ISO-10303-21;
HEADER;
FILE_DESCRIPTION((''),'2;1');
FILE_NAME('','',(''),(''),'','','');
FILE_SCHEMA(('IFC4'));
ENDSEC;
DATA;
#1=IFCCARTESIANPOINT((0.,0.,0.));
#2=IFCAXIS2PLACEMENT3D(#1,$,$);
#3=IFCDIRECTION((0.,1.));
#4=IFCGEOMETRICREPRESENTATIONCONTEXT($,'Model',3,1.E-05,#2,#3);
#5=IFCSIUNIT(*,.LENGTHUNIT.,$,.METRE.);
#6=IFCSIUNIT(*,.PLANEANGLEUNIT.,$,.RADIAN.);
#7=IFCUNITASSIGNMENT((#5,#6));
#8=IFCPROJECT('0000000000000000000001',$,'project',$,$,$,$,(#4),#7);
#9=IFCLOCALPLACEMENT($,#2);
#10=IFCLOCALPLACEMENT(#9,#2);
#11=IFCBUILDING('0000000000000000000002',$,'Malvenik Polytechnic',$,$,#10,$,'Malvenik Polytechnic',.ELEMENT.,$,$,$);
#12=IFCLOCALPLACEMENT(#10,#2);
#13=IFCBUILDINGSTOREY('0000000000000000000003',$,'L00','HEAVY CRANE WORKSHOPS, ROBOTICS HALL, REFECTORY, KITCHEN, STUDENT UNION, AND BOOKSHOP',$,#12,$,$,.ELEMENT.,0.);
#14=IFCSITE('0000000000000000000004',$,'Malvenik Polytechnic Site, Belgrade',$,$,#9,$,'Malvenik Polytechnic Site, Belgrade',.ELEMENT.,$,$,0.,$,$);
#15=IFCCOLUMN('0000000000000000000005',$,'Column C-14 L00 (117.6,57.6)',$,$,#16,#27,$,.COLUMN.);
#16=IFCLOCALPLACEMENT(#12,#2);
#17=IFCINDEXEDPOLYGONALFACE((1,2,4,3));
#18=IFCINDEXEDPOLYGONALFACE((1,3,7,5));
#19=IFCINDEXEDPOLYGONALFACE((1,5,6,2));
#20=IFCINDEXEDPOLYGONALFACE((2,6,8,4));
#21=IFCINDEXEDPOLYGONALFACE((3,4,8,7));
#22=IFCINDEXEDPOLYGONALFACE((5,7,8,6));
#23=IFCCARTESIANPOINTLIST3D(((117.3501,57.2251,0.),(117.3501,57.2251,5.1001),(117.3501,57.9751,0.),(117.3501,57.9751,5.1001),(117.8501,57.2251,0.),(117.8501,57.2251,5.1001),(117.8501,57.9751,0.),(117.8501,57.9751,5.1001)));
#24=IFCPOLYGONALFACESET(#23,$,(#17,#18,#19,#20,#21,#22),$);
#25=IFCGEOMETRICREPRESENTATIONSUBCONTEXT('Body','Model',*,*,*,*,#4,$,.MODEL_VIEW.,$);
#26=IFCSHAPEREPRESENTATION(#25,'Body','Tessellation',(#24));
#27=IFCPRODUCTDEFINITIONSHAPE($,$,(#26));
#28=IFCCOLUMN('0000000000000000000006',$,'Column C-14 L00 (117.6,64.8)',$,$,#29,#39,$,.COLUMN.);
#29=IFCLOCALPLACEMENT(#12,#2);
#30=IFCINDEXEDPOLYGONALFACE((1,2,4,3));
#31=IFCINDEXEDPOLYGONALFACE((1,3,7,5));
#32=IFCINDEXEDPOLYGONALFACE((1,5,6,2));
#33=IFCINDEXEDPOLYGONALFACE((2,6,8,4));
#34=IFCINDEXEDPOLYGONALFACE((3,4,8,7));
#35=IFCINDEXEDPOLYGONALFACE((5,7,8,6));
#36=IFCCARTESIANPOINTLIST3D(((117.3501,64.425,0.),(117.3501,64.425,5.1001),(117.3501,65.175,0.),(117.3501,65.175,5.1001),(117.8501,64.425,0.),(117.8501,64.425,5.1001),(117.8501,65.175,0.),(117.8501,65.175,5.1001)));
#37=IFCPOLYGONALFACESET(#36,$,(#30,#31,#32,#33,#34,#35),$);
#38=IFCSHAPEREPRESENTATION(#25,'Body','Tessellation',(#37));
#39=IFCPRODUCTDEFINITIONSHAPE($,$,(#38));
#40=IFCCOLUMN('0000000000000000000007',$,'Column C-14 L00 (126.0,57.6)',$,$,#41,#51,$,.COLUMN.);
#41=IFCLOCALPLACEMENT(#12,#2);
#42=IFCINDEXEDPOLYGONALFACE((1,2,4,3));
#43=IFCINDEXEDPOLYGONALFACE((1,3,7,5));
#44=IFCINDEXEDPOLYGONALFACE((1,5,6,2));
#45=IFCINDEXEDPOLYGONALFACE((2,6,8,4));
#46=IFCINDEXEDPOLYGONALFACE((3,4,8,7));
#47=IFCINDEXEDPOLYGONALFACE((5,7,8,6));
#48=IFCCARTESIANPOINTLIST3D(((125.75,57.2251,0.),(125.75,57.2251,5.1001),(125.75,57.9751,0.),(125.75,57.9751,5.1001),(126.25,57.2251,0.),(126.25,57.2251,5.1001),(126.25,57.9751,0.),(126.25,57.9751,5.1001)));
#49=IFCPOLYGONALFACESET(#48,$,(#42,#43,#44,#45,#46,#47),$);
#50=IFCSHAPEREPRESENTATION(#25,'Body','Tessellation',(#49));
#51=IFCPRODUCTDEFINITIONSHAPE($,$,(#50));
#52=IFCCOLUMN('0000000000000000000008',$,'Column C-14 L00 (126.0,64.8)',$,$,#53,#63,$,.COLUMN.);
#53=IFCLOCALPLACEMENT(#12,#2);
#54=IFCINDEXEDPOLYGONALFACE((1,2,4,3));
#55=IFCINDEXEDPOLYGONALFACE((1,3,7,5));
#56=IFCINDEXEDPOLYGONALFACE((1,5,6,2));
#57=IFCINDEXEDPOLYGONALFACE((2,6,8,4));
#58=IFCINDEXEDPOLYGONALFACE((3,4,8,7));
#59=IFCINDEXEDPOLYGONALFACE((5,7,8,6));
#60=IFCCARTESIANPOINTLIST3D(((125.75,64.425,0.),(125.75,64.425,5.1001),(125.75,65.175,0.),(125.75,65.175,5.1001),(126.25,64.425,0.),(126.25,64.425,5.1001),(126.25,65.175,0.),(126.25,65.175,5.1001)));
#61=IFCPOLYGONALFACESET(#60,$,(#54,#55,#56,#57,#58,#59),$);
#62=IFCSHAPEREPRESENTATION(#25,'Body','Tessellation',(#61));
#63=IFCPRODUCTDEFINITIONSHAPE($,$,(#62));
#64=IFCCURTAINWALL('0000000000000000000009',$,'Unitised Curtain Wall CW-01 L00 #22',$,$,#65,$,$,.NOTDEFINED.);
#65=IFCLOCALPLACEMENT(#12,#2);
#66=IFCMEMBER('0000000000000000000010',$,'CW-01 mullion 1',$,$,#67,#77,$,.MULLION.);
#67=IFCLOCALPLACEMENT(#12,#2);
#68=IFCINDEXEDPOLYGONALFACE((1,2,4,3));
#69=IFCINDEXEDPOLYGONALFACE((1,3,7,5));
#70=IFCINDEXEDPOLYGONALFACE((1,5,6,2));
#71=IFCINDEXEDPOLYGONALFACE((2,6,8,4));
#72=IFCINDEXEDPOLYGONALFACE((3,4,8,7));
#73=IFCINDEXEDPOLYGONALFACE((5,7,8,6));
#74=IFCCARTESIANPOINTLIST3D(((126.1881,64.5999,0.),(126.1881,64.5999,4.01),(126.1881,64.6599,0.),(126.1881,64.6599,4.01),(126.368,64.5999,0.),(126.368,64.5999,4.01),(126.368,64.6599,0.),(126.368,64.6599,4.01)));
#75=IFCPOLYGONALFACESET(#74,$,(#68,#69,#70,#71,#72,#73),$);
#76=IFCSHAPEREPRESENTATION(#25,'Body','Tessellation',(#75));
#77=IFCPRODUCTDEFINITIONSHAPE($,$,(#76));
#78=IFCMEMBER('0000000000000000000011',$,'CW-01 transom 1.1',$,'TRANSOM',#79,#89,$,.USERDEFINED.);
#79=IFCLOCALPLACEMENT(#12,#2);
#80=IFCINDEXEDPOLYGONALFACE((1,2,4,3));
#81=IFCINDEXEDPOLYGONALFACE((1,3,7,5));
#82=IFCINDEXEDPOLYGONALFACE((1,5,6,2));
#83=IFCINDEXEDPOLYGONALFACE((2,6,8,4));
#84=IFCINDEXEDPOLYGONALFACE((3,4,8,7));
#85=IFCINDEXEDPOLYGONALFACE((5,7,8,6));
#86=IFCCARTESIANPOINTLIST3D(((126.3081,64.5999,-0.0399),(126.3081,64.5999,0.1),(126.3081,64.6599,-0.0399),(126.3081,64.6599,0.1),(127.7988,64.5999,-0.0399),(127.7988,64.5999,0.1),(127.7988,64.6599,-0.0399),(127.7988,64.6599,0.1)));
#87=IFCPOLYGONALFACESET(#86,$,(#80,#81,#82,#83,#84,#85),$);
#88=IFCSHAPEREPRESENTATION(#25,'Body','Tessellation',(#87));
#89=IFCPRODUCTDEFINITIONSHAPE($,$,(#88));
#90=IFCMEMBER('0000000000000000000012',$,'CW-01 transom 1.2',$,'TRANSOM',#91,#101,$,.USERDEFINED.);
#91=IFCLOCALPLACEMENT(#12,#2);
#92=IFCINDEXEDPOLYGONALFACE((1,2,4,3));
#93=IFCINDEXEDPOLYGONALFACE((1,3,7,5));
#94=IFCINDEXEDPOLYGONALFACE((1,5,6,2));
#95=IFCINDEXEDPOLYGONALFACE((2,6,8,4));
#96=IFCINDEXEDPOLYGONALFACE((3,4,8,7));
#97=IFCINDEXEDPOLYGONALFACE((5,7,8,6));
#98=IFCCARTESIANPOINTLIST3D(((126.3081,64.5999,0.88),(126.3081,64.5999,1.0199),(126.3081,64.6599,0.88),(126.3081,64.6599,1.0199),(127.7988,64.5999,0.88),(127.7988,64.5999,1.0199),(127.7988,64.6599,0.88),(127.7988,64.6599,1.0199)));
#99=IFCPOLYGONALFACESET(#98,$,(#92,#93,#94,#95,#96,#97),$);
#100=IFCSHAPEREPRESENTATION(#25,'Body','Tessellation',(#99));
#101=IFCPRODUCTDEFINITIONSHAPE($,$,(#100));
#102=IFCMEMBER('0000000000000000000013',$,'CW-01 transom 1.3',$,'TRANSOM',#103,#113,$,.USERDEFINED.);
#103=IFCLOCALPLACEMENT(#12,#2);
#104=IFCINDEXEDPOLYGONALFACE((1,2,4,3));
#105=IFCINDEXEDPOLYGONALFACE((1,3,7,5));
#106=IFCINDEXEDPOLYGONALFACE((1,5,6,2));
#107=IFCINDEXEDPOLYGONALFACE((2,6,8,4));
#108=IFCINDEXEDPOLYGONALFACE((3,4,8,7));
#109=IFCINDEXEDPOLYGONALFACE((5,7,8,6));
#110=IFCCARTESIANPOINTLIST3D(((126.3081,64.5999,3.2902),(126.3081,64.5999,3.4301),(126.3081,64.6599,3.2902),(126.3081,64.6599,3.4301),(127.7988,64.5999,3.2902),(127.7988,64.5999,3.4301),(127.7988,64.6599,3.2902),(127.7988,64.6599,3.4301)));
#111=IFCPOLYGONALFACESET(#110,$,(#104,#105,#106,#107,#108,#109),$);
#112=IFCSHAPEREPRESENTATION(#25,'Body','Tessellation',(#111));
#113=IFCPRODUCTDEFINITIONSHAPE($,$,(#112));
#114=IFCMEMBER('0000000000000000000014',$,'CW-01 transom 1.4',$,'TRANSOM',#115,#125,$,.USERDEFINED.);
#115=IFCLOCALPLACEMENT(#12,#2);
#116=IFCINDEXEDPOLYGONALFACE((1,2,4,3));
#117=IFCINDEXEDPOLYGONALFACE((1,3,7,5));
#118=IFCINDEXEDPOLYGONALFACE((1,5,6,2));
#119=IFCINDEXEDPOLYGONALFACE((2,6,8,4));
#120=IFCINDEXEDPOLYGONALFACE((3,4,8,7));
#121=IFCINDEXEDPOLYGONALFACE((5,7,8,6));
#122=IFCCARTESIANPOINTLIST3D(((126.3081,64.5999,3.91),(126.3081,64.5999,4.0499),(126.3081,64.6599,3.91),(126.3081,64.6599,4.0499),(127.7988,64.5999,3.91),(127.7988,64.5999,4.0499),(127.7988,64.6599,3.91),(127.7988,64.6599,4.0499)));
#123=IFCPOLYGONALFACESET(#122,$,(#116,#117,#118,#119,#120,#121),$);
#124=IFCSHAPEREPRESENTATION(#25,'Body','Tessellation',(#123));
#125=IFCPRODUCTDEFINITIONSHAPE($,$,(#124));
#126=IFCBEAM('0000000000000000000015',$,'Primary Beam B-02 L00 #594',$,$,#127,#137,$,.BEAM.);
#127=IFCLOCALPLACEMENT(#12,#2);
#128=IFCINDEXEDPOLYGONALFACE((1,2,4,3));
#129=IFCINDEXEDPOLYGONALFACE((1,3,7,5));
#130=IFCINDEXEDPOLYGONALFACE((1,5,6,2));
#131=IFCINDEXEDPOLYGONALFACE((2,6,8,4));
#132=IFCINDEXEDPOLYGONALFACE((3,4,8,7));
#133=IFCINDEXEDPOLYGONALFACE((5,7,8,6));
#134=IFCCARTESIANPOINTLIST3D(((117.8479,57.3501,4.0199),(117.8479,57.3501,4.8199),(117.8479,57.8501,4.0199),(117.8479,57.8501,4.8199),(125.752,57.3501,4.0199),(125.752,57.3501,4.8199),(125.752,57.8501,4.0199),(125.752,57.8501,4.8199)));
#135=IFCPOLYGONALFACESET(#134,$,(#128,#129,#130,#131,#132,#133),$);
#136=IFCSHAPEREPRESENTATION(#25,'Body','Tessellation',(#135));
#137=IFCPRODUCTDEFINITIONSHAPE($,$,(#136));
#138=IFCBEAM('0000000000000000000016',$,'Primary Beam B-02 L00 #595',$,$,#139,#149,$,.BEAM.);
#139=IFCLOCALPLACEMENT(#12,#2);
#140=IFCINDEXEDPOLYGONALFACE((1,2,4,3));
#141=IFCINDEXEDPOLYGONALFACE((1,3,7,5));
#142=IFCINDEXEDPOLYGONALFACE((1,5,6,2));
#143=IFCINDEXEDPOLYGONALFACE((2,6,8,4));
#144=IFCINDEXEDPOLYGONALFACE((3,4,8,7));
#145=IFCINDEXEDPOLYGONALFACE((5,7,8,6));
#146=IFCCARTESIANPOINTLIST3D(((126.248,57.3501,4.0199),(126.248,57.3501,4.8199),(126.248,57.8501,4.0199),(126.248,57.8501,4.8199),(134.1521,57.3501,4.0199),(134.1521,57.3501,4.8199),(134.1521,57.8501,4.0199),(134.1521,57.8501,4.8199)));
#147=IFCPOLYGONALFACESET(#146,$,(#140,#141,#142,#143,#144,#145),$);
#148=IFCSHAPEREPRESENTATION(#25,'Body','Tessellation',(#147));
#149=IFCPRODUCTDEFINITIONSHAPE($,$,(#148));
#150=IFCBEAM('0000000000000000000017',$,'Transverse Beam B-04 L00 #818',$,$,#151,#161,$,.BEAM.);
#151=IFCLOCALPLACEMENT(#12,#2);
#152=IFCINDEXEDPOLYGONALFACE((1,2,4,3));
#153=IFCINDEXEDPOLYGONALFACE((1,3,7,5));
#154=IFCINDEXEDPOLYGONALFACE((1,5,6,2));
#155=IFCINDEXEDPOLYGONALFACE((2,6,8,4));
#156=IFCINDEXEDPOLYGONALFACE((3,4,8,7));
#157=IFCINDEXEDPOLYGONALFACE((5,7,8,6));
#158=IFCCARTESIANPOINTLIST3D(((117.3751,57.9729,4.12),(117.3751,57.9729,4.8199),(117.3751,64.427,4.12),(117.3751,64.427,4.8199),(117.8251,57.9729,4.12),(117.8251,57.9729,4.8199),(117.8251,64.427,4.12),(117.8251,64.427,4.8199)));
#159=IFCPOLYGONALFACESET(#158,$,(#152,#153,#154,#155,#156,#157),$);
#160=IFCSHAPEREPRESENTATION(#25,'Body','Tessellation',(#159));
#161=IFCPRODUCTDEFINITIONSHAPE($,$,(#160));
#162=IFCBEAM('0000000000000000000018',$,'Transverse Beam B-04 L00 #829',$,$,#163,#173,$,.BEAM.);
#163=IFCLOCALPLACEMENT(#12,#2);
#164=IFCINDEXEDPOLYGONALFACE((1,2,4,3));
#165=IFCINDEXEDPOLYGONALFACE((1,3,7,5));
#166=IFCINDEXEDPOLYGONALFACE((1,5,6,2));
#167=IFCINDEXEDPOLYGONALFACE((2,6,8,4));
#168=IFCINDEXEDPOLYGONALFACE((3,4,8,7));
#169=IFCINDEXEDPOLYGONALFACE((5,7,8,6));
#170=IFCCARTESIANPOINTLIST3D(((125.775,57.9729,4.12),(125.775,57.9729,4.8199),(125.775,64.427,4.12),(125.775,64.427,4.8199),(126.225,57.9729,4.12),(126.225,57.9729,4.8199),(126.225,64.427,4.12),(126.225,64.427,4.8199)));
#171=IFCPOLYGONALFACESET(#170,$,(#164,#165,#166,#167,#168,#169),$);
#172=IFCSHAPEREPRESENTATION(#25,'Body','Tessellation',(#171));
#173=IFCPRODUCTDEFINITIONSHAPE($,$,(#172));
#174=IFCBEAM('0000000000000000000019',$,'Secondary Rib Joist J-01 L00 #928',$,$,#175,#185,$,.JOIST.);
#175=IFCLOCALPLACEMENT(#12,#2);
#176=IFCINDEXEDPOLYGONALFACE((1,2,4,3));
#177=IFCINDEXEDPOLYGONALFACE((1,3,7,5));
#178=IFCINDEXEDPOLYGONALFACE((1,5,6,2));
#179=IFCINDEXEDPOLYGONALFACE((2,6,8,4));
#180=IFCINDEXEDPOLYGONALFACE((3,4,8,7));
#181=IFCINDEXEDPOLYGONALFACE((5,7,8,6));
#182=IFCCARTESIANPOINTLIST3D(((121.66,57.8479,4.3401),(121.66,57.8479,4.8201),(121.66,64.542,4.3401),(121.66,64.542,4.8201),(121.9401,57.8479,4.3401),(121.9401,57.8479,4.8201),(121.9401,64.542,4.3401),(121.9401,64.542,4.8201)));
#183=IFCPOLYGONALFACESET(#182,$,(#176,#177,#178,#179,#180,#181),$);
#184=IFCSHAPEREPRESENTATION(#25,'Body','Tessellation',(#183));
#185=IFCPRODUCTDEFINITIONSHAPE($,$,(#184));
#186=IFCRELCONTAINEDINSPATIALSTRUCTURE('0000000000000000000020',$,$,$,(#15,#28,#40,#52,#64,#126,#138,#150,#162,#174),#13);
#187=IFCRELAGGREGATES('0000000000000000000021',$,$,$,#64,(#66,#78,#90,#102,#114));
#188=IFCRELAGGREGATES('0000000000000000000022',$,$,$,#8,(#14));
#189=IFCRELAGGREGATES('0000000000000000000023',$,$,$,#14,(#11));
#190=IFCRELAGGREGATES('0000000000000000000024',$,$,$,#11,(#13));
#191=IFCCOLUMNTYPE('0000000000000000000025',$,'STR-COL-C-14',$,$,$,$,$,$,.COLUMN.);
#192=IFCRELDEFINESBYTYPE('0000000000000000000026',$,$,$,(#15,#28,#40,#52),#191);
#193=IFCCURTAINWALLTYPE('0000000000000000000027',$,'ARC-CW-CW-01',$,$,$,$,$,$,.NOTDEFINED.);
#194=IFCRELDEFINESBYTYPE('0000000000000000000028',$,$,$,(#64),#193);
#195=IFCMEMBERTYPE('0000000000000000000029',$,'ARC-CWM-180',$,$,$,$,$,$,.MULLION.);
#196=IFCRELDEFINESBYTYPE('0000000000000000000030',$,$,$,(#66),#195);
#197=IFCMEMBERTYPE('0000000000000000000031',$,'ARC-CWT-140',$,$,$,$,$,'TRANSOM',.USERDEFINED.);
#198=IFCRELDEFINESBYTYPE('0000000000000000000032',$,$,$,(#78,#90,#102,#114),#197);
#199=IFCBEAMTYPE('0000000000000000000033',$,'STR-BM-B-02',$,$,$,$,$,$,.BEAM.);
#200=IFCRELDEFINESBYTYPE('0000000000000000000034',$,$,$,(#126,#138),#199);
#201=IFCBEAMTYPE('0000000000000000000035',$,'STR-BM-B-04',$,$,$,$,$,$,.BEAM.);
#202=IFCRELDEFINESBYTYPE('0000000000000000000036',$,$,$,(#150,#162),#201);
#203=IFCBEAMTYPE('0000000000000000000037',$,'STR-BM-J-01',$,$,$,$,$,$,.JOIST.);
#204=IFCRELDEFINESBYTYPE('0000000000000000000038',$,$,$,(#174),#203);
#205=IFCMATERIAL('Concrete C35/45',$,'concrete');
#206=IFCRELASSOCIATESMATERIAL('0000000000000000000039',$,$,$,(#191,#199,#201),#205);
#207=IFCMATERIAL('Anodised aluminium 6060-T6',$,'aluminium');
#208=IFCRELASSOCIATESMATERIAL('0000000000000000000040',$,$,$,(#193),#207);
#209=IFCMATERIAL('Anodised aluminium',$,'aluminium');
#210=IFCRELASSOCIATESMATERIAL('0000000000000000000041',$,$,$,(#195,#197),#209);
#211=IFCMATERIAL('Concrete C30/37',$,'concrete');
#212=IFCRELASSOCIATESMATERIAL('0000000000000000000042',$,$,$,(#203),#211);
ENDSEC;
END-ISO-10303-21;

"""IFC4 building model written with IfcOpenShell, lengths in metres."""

from ifc_helpers import new_model, si_unit, direction, frame, origin, origin_2d, place, context, subcontext, project, spatial, rectangle, extrude, material, material_profile, profile_set, type_object, element, aggregate, save


model = new_model("IFC4")

# Units and contexts
model_context = context("Model", 3, precision=1e-05, world=origin(), true_north=direction((0.0, 1.0)))
body_context = subcontext(model_context, "Body", "Model", "MODEL_VIEW")
ifc_project = project(units=[si_unit("LENGTHUNIT", "METRE"), si_unit("PLANEANGLEUNIT", "RADIAN")], contexts=[model_context])

# Site, building, storey
site_placement = place(None, origin())
site = spatial("IfcSite", under=ifc_project, at=site_placement, Name="Malvenik Polytechnic Site, Belgrade", LongName="Malvenik Polytechnic Site, Belgrade", CompositionType="ELEMENT", RefElevation=0.0)
building_placement = place(site_placement, origin())
building = spatial("IfcBuilding", under=site, at=building_placement, Name="Malvenik Polytechnic", LongName="Malvenik Polytechnic", CompositionType="ELEMENT")
storey_placement = place(building_placement, origin())
storey = spatial("IfcBuildingStorey", under=building, at=storey_placement, Name="L00", Description="HEAVY CRANE WORKSHOPS, ROBOTICS HALL, REFECTORY, KITCHEN, STUDENT UNION, AND BOOKSHOP", CompositionType="ELEMENT", Elevation=0.0)

# Columns
ifc_material_1 = material(Name="Concrete C35/45", Category="concrete")
ifc_material_profile_1 = material_profile(ifc_material_1, rectangle(XDim=0.5, YDim=0.75, at=origin_2d()), Name="RC COL 750x500")
ifc_profile_set_1 = profile_set([ifc_material_profile_1], Name="Concrete C35/45")
column_type = type_object("IfcColumnType", Name="STR-COL-C-14", PredefinedType="COLUMN", material=ifc_profile_set_1)
for number, where, z_axis, x_axis, name in (
    (1, (117.6001, 57.6001, 0.0), (0.0, 0.0, 1.0), (1.0, 0.0, 0.0), "Column C-14 L00 (117.6,57.6)"),
    (2, (117.6001, 64.8, 0.0), (0.0, 0.0, 1.0), (1.0, 0.0, 0.0), "Column C-14 L00 (117.6,64.8)"),
    (3, (126.0, 57.6001, 0.0), (0.0, 0.0, 1.0), (1.0, 0.0, 0.0), "Column C-14 L00 (126.0,57.6)"),
    (4, (126.0, 64.8, 0.0), (0.0, 0.0, 1.0), (1.0, 0.0, 0.0), "Column C-14 L00 (126.0,64.8)"),
):
    element("IfcColumn", number, at=place(storey_placement, frame(where, z_axis=z_axis, x_axis=x_axis)), inside=storey, type_object=column_type, Name=name, PredefinedType="COLUMN", context=body_context, shape_type="SweptSolid", body=[
        extrude(rectangle(XDim=0.5, YDim=0.75, at=origin_2d()), origin(), (0.0, 0.0, 1.0), 5.1001),
    ])

# Curtain wall, members
ifc_material_2 = material(Name="Anodised aluminium 6060-T6", Category="aluminium")
curtain_wall_type = type_object("IfcCurtainWallType", Name="ARC-CW-CW-01", PredefinedType="NOTDEFINED", material=ifc_material_2)
curtain_wall_placement = place(storey_placement, origin())
curtain_wall = element("IfcCurtainWall", 5, at=curtain_wall_placement, inside=storey, type_object=curtain_wall_type, Name="Unitised Curtain Wall CW-01 L00 #22", PredefinedType="NOTDEFINED")
ifc_material_3 = material(Name="Anodised aluminium", Category="aluminium")
ifc_material_profile_2 = material_profile(ifc_material_3, rectangle(XDim=0.0601, YDim=0.1799, at=origin_2d()), Name="ALU MULLION 60x180")
ifc_profile_set_2 = profile_set([ifc_material_profile_2], Name="Anodised aluminium")
member_type_1 = type_object("IfcMemberType", Name="ARC-CWM-180", PredefinedType="MULLION", material=ifc_profile_set_2)
member_1_placement = place(storey_placement, frame((126.2781, 64.6299, 0.0), z_axis=(0.0, 0.0, 1.0), x_axis=(0.0, 1.0, 0.0)))
member_1 = element("IfcMember", 6, at=member_1_placement, type_object=member_type_1, Name="CW-01 mullion 1", PredefinedType="MULLION", context=body_context, shape_type="SweptSolid", body=[
    extrude(rectangle(XDim=0.0601, YDim=0.1799, at=origin_2d()), origin(), (0.0, 0.0, 1.0), 4.01),
])
ifc_material_profile_3 = material_profile(ifc_material_3, rectangle(XDim=0.0601, YDim=0.1399, at=origin_2d()), Name="ALU TRANSOM 60x140")
ifc_profile_set_3 = profile_set([ifc_material_profile_3], Name="Anodised aluminium")
member_type_2 = type_object("IfcMemberType", Name="ARC-CWT-140", ElementType="TRANSOM", PredefinedType="USERDEFINED", material=ifc_profile_set_3)
member_2_placement = place(storey_placement, frame((126.3081, 64.6299, 0.03), z_axis=(1.0, 0.0, 0.0), x_axis=(0.0, 1.0, 0.0)))
member_2 = element("IfcMember", 7, at=member_2_placement, type_object=member_type_2, Name="CW-01 transom 1.1", ObjectType="TRANSOM", PredefinedType="USERDEFINED", context=body_context, shape_type="SweptSolid", body=[
    extrude(rectangle(XDim=0.0601, YDim=0.1399, at=origin_2d()), origin(), (0.0, 0.0, 1.0), 1.4907),
])
member_3_placement = place(storey_placement, frame((126.3081, 64.6299, 0.95), z_axis=(1.0, 0.0, 0.0), x_axis=(0.0, 1.0, 0.0)))
member_3 = element("IfcMember", 8, at=member_3_placement, type_object=member_type_2, Name="CW-01 transom 1.2", ObjectType="TRANSOM", PredefinedType="USERDEFINED", context=body_context, shape_type="SweptSolid", body=[
    extrude(rectangle(XDim=0.0601, YDim=0.1399, at=origin_2d()), origin(), (0.0, 0.0, 1.0), 1.4907),
])
member_4_placement = place(storey_placement, frame((126.3081, 64.6299, 3.3601), z_axis=(1.0, 0.0, 0.0), x_axis=(0.0, 1.0, 0.0)))
member_4 = element("IfcMember", 9, at=member_4_placement, type_object=member_type_2, Name="CW-01 transom 1.3", ObjectType="TRANSOM", PredefinedType="USERDEFINED", context=body_context, shape_type="SweptSolid", body=[
    extrude(rectangle(XDim=0.0601, YDim=0.1399, at=origin_2d()), origin(), (0.0, 0.0, 1.0), 1.4907),
])
member_5_placement = place(storey_placement, frame((126.3081, 64.6299, 3.98), z_axis=(1.0, 0.0, 0.0), x_axis=(0.0, 1.0, 0.0)))
member_5 = element("IfcMember", 10, at=member_5_placement, type_object=member_type_2, Name="CW-01 transom 1.4", ObjectType="TRANSOM", PredefinedType="USERDEFINED", context=body_context, shape_type="SweptSolid", body=[
    extrude(rectangle(XDim=0.0601, YDim=0.1399, at=origin_2d()), origin(), (0.0, 0.0, 1.0), 1.4907),
])

# Beams
ifc_material_profile_4 = material_profile(ifc_material_1, rectangle(XDim=0.5, YDim=0.8, at=origin_2d()), Name="RC BM 500x800")
ifc_profile_set_4 = profile_set([ifc_material_profile_4], Name="Concrete C35/45")
beam_type_1 = type_object("IfcBeamType", Name="STR-BM-B-02", PredefinedType="BEAM", material=ifc_profile_set_4)
for number, where, z_axis, x_axis, name in (
    (11, (117.8479, 57.6001, 4.4199), (1.0, 0.0, 0.0), (0.0, 1.0, 0.0), "Primary Beam B-02 L00 #594"),
    (12, (126.248, 57.6001, 4.4199), (1.0, 0.0, 0.0), (0.0, 1.0, 0.0), "Primary Beam B-02 L00 #595"),
):
    element("IfcBeam", number, at=place(storey_placement, frame(where, z_axis=z_axis, x_axis=x_axis)), inside=storey, type_object=beam_type_1, Name=name, PredefinedType="BEAM", context=body_context, shape_type="SweptSolid", body=[
        extrude(rectangle(XDim=0.5, YDim=0.8, at=origin_2d()), origin(), (0.0, 0.0, 1.0), 7.9041),
    ])
ifc_material_profile_5 = material_profile(ifc_material_1, rectangle(XDim=0.45, YDim=0.7, at=origin_2d()), Name="RC BM 450x700")
ifc_profile_set_5 = profile_set([ifc_material_profile_5], Name="Concrete C35/45")
beam_type_2 = type_object("IfcBeamType", Name="STR-BM-B-04", PredefinedType="BEAM", material=ifc_profile_set_5)
for number, where, z_axis, x_axis, name in (
    (13, (117.6001, 57.9729, 4.47), (0.0, 1.0, 0.0), (-1.0, 0.0, 0.0), "Transverse Beam B-04 L00 #818"),
    (14, (126.0, 57.9729, 4.47), (0.0, 1.0, 0.0), (-1.0, 0.0, 0.0), "Transverse Beam B-04 L00 #829"),
):
    element("IfcBeam", number, at=place(storey_placement, frame(where, z_axis=z_axis, x_axis=x_axis)), inside=storey, type_object=beam_type_2, Name=name, PredefinedType="BEAM", context=body_context, shape_type="SweptSolid", body=[
        extrude(rectangle(XDim=0.45, YDim=0.7, at=origin_2d()), origin(), (0.0, 0.0, 1.0), 6.4541),
    ])
ifc_material_4 = material(Name="Concrete C30/37", Category="concrete")
ifc_material_profile_6 = material_profile(ifc_material_4, rectangle(XDim=0.28, YDim=0.48, at=origin_2d()), Name="RC JST 280x480")
ifc_profile_set_6 = profile_set([ifc_material_profile_6], Name="Concrete C30/37")
beam_type_3 = type_object("IfcBeamType", Name="STR-BM-J-01", PredefinedType="JOIST", material=ifc_profile_set_6)
beam_placement = place(storey_placement, frame((121.8, 57.8479, 4.5801), z_axis=(0.0, 1.0, 0.0), x_axis=(-1.0, 0.0, 0.0)))
element("IfcBeam", 15, at=beam_placement, inside=storey, type_object=beam_type_3, Name="Secondary Rib Joist J-01 L00 #928", PredefinedType="JOIST", context=body_context, shape_type="SweptSolid", body=[
    extrude(rectangle(XDim=0.28, YDim=0.48, at=origin_2d()), origin(), (0.0, 0.0, 1.0), 6.6941),
])

aggregate(curtain_wall, [member_1, member_2, member_3, member_4, member_5])

save(model, "model.ifc")
